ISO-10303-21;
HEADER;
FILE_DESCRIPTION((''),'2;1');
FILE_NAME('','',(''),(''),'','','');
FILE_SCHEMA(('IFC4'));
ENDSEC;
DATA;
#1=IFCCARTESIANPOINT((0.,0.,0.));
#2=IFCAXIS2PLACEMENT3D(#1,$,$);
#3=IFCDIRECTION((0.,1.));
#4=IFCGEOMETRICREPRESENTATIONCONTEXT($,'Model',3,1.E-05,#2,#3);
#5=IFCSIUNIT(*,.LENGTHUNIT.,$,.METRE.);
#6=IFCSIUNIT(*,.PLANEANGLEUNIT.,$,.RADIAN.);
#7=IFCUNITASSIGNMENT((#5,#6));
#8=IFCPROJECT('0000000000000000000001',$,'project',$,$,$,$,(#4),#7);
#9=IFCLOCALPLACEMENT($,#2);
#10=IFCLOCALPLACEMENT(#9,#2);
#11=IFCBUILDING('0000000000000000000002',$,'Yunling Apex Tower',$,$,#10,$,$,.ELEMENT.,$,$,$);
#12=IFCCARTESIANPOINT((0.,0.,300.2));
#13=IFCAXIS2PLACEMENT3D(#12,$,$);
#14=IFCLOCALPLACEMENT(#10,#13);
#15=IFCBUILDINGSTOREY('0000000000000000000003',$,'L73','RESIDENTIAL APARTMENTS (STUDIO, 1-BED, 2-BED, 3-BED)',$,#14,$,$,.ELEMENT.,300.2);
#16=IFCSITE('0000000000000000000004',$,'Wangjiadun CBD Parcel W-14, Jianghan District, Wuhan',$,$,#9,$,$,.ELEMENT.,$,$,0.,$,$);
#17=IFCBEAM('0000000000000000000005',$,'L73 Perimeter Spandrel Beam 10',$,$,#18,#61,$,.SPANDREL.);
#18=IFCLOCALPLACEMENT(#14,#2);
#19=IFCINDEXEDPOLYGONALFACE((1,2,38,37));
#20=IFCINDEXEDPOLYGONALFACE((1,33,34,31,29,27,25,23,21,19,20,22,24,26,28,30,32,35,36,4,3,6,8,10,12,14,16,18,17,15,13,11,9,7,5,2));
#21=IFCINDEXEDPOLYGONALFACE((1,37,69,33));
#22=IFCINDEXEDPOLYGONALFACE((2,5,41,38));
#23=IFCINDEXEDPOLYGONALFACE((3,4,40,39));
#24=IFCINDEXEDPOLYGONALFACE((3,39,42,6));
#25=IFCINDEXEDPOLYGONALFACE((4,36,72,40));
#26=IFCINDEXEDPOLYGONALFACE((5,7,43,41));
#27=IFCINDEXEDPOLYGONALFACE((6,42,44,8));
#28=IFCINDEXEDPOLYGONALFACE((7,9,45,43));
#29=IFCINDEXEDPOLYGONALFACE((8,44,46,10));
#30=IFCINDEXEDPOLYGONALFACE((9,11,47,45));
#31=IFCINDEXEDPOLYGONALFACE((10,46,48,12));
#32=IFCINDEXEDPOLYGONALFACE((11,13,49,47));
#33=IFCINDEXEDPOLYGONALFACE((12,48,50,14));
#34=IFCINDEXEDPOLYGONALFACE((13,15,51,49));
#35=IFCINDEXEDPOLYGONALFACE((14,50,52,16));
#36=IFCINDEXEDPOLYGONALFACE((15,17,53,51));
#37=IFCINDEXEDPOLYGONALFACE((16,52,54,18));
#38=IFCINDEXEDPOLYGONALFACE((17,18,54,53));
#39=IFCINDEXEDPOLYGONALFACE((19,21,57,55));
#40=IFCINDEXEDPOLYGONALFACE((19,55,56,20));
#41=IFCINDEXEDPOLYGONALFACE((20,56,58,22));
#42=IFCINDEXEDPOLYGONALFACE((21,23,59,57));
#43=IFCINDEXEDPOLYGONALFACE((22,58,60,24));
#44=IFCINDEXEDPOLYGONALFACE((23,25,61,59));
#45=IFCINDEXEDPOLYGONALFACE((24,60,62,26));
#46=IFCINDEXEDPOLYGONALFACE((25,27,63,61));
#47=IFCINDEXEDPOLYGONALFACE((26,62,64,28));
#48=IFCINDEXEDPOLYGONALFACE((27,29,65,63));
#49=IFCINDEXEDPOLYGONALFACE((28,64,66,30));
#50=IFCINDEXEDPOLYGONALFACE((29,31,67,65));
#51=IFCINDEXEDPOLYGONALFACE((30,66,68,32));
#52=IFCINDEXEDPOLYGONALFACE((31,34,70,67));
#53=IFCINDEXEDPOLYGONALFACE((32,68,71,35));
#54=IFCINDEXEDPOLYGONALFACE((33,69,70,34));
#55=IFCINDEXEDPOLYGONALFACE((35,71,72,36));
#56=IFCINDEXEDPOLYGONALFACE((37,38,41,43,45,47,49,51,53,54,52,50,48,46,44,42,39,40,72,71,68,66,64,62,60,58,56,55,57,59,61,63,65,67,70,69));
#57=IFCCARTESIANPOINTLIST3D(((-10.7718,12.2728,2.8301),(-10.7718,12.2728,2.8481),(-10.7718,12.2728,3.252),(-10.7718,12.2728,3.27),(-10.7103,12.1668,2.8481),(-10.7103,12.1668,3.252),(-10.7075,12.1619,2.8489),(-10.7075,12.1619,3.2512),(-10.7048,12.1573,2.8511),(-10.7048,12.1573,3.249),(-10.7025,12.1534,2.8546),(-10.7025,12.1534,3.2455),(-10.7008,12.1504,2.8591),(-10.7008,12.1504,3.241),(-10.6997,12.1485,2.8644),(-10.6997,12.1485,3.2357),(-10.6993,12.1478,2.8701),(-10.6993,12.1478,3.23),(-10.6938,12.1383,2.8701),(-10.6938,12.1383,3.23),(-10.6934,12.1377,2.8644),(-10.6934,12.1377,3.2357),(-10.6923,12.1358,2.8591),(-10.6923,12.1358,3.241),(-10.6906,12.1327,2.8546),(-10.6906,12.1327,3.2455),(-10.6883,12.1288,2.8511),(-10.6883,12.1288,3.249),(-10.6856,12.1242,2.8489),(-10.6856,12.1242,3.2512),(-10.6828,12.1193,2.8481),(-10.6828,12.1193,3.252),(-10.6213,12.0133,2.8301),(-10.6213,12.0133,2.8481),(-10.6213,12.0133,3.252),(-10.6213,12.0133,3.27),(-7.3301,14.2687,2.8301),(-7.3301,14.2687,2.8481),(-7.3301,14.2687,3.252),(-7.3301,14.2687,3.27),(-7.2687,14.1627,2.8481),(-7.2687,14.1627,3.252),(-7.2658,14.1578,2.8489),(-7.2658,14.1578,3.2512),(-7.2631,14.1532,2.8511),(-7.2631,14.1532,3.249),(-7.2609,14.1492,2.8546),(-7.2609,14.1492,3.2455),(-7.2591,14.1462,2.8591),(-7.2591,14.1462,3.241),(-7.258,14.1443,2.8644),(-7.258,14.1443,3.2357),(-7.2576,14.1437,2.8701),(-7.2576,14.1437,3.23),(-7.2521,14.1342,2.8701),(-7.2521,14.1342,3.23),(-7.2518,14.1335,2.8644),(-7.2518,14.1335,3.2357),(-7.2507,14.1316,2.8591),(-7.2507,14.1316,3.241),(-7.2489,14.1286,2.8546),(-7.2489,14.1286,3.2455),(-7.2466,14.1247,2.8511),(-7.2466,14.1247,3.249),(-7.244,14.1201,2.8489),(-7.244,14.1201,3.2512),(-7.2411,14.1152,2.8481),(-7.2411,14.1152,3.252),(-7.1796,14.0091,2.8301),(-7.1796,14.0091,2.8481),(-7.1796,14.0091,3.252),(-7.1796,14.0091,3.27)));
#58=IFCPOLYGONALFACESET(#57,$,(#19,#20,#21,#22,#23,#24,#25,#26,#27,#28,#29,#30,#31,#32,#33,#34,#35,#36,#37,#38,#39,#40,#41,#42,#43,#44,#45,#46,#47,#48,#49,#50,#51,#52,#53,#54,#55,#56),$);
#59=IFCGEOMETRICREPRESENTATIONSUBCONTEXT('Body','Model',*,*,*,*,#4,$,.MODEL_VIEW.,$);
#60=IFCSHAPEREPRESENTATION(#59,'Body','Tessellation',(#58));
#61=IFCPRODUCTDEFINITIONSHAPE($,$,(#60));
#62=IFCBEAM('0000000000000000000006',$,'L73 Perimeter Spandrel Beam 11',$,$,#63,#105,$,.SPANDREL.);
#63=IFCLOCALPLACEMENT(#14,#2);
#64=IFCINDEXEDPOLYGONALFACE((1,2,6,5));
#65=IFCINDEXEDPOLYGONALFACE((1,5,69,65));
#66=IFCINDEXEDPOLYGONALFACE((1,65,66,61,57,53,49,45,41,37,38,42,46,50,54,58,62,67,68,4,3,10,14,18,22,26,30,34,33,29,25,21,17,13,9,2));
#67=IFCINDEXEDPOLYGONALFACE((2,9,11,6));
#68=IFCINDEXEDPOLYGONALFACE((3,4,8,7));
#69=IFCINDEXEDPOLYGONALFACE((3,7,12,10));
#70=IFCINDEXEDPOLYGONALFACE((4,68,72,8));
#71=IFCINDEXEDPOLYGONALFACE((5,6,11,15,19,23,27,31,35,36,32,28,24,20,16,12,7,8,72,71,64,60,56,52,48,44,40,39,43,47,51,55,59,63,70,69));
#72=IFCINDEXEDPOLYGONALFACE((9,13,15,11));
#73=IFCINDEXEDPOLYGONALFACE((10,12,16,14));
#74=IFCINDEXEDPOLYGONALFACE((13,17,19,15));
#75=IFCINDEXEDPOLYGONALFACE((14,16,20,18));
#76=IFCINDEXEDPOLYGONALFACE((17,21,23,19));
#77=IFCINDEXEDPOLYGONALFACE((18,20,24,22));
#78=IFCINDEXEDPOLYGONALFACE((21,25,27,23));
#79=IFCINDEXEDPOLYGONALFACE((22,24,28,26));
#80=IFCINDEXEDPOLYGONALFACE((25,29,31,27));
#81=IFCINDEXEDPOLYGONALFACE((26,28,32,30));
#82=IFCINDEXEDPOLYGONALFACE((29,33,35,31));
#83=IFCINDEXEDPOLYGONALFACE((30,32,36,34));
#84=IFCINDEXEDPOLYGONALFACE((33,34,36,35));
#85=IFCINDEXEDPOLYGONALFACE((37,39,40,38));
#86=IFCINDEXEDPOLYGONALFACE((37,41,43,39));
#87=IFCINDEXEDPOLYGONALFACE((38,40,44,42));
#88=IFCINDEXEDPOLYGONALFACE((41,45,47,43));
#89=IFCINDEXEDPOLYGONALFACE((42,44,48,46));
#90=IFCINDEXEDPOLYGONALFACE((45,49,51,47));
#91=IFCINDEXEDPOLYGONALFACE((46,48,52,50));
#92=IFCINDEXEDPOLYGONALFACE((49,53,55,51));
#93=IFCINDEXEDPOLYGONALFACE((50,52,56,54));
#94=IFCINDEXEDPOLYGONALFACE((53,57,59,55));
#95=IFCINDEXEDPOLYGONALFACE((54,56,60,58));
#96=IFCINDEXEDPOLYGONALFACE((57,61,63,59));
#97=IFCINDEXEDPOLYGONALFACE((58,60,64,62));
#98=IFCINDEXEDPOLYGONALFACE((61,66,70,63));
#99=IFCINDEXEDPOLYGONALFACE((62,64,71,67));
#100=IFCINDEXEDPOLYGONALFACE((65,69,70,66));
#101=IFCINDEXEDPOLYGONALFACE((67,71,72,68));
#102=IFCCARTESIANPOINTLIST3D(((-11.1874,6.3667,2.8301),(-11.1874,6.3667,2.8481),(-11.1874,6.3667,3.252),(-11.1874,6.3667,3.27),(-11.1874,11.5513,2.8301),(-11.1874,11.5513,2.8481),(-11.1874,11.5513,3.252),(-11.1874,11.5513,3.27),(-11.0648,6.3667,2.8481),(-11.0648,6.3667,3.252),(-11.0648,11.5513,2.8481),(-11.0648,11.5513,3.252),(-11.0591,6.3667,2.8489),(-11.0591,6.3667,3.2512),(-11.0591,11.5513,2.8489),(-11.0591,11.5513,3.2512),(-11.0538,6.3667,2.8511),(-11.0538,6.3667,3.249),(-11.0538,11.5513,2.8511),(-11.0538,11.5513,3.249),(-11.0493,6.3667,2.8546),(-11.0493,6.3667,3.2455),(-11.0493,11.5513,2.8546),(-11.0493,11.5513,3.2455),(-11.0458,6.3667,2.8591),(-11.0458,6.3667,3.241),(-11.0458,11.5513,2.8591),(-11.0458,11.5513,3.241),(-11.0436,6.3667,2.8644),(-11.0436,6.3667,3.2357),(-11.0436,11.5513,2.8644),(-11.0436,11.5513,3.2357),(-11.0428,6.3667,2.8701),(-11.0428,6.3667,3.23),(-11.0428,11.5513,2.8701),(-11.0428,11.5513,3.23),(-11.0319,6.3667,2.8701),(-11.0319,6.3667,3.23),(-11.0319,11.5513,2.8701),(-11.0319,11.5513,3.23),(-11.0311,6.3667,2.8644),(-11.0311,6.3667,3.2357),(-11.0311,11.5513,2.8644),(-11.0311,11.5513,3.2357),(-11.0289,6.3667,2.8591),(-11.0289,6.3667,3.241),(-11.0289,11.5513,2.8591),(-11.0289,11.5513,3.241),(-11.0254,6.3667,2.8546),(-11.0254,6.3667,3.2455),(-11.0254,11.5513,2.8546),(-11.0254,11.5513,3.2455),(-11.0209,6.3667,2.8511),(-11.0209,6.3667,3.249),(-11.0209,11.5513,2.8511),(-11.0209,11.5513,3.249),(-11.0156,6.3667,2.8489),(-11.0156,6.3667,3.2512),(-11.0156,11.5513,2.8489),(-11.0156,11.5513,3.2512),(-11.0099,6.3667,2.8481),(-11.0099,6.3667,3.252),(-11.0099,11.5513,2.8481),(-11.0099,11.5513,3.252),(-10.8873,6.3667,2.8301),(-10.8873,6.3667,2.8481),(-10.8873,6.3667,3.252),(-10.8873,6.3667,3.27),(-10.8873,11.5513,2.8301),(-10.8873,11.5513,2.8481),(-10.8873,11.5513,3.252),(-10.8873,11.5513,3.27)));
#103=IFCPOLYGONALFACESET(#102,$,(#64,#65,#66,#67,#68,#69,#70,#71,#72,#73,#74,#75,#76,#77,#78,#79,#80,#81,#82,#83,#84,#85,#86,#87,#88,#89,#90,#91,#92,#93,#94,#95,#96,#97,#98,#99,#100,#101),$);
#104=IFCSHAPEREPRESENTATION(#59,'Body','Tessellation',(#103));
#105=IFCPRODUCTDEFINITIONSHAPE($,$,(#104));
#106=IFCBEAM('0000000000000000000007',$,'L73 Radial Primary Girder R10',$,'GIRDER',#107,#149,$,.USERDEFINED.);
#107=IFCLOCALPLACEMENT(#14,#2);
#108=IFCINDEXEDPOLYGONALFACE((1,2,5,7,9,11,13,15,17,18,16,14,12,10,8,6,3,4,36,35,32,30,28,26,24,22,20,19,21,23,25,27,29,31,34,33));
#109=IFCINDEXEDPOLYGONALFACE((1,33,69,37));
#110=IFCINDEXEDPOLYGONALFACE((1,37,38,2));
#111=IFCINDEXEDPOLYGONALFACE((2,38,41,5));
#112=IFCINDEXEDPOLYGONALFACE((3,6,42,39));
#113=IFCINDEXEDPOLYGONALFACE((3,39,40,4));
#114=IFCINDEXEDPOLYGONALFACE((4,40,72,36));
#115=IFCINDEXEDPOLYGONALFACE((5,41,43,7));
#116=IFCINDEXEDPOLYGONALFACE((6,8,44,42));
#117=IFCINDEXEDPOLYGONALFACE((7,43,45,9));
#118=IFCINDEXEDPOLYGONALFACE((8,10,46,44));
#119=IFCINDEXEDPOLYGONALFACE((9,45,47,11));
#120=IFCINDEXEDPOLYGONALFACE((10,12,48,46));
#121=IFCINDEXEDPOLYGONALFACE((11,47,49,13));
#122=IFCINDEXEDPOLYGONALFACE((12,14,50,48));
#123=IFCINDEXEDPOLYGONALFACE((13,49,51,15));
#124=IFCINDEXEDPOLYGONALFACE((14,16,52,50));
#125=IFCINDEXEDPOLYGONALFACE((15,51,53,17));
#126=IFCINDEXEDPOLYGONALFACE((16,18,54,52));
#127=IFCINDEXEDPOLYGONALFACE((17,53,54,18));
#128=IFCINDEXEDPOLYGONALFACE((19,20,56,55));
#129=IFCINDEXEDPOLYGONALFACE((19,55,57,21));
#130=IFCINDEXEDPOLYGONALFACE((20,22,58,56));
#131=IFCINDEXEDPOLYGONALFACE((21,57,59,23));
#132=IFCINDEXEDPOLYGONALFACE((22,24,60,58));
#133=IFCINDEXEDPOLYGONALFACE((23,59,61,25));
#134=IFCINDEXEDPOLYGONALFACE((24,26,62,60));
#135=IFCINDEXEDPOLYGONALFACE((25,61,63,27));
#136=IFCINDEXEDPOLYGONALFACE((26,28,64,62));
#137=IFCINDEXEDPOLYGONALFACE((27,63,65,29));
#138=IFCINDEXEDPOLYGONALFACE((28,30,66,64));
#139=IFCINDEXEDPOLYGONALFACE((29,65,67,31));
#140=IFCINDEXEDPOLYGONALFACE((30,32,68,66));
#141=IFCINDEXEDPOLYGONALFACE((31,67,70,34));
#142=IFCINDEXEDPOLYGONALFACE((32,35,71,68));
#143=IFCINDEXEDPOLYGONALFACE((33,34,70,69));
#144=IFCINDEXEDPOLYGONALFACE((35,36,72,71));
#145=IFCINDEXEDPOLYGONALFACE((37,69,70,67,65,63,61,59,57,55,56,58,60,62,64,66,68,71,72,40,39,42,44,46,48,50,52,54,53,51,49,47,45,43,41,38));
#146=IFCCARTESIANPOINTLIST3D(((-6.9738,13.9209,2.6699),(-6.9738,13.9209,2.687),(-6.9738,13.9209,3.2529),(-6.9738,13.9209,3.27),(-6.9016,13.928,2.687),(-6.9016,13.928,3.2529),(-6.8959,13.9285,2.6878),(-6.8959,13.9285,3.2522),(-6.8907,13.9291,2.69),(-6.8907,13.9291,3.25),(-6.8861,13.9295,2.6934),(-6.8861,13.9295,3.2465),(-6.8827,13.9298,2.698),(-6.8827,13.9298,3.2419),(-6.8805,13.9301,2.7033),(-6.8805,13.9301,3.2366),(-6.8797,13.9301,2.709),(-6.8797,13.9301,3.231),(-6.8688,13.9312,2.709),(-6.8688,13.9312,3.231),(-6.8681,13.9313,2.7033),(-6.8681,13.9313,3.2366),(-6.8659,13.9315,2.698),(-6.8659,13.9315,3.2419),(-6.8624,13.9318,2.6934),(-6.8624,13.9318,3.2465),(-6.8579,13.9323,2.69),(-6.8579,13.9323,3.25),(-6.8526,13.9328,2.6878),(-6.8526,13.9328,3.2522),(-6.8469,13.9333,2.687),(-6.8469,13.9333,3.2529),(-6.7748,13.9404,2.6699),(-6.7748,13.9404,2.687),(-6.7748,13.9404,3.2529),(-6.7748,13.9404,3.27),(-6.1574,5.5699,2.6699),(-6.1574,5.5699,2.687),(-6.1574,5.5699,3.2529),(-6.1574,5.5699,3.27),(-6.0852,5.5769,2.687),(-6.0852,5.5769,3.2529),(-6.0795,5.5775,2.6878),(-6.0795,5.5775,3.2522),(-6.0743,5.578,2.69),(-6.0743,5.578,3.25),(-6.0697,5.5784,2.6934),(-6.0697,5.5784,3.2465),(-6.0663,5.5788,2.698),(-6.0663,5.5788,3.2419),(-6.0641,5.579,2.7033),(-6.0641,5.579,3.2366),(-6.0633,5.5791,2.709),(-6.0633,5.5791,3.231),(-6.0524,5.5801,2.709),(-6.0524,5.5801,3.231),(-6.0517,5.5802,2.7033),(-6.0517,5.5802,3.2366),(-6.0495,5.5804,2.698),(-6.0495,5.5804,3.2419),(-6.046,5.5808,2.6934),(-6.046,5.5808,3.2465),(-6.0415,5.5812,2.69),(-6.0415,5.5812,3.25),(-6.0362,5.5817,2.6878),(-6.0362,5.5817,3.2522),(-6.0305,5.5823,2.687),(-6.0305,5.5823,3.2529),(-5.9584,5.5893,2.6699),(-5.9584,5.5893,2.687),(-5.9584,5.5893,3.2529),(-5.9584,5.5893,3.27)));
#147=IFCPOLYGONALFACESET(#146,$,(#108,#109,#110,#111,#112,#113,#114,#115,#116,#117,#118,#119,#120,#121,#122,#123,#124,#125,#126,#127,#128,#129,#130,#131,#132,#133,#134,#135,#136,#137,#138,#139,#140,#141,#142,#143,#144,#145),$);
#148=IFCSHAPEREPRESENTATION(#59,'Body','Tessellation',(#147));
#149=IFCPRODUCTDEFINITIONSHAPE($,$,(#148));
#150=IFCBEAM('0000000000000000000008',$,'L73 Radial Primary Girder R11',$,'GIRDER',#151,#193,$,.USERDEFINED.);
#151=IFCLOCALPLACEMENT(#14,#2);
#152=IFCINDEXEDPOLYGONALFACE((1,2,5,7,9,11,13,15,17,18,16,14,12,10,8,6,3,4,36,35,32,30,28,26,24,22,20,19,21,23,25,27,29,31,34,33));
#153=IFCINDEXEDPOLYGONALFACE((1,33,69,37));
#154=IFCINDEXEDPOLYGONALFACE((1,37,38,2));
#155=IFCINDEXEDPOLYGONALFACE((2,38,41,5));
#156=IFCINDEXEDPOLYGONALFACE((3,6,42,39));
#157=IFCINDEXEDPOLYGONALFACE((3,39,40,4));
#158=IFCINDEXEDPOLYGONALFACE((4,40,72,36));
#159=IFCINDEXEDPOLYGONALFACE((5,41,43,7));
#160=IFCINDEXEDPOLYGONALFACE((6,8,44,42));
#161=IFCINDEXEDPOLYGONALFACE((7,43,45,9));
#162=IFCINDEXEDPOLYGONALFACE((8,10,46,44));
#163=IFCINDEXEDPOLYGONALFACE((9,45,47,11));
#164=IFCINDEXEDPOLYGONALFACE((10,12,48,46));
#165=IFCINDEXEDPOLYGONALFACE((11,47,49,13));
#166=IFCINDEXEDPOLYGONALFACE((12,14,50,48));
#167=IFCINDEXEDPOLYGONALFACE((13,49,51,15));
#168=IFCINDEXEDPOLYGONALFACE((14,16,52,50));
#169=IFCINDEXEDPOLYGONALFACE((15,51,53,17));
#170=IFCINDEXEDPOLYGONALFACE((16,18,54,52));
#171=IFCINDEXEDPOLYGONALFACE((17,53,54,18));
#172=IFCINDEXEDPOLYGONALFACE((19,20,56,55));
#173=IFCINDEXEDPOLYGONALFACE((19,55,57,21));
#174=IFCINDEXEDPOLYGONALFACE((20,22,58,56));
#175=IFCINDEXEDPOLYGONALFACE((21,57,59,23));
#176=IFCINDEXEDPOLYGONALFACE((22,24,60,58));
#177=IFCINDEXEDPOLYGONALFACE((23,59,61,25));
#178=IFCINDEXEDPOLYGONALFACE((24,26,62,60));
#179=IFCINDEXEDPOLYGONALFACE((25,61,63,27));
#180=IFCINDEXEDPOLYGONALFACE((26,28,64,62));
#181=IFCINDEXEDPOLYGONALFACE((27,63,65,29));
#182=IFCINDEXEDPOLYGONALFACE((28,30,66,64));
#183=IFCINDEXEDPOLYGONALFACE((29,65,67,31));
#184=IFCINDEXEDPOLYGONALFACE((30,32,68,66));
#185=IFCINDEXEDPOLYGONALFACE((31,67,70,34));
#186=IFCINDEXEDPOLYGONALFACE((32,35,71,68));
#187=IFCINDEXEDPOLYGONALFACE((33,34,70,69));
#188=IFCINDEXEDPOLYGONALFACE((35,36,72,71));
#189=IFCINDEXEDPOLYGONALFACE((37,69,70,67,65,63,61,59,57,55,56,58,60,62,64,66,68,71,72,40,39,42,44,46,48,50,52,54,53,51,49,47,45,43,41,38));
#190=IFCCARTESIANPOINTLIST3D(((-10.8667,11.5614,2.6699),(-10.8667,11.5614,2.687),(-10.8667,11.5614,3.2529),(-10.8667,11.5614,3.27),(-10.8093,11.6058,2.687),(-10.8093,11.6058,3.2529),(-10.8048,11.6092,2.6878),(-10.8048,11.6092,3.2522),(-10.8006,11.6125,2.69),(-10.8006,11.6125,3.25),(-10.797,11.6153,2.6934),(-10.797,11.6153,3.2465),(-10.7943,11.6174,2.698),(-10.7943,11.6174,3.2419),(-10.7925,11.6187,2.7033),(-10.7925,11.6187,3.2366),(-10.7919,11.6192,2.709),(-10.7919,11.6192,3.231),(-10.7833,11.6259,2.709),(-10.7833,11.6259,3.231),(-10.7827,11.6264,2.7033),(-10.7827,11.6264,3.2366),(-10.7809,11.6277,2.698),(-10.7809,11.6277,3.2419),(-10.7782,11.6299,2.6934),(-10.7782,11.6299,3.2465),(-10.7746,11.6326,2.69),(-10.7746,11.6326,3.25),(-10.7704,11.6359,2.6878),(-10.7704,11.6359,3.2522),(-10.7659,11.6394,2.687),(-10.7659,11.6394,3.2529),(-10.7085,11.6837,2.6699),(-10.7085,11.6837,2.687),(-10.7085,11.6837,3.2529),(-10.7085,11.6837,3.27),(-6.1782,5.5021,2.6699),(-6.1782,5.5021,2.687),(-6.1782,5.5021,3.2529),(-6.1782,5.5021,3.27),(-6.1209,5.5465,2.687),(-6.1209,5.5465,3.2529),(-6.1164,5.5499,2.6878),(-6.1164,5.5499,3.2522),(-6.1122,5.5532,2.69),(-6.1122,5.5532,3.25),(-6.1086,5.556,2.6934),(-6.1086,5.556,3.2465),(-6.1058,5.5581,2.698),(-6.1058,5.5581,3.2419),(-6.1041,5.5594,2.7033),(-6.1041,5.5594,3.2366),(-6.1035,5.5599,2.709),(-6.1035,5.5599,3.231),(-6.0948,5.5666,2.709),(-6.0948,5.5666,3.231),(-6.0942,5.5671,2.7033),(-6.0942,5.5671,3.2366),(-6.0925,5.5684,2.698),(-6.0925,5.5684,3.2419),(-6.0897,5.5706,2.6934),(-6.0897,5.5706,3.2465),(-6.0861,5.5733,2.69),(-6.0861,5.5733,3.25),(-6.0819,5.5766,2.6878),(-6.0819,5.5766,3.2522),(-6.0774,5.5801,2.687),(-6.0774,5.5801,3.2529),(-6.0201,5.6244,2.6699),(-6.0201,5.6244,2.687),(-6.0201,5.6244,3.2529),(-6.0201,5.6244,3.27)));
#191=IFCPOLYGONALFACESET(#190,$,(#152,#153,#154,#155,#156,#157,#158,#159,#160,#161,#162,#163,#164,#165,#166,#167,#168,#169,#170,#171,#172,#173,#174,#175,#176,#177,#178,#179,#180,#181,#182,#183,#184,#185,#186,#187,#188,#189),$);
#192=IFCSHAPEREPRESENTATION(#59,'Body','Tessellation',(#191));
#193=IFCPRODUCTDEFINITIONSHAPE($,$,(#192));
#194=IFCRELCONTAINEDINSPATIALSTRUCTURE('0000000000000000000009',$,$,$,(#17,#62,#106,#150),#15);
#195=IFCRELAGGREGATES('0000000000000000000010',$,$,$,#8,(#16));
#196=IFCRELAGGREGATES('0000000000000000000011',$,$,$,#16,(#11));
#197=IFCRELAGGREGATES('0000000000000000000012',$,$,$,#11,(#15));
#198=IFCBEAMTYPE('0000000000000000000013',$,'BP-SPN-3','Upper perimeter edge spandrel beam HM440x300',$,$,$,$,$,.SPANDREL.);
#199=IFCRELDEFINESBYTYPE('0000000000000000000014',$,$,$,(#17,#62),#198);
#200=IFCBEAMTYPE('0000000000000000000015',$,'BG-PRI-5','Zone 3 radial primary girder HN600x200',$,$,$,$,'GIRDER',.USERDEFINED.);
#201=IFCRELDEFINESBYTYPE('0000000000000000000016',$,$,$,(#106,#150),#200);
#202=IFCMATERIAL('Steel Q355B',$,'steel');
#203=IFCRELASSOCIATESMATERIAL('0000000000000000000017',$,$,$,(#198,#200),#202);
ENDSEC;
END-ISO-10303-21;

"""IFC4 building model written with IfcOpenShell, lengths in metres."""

from ifc_helpers import new_model, si_unit, direction, frame, origin, origin_2d, place, context, subcontext, project, spatial, i_section, extrude, source, transform, mapped, material, material_profile, profile_set, type_object, element, save


model = new_model("IFC4")

# Units and contexts
model_context = context("Model", 3, precision=1e-05, world=origin(), true_north=direction((0.0, 1.0)))
body_context = subcontext(model_context, "Body", "Model", "MODEL_VIEW")
ifc_project = project(units=[si_unit("LENGTHUNIT", "METRE"), si_unit("PLANEANGLEUNIT", "RADIAN")], contexts=[model_context])

# Site, building, storey
site_placement = place(None, origin())
site = spatial("IfcSite", under=ifc_project, at=site_placement, Name="Wangjiadun CBD Parcel W-14, Jianghan District, Wuhan", CompositionType="ELEMENT", RefElevation=0.0)
building_placement = place(site_placement, origin())
building = spatial("IfcBuilding", under=site, at=building_placement, Name="Yunling Apex Tower", CompositionType="ELEMENT")
storey_placement = place(building_placement, frame((0.0, 0.0, 300.2)))
storey = spatial("IfcBuildingStorey", under=building, at=storey_placement, Name="L73", Description="RESIDENTIAL APARTMENTS (STUDIO, 1-BED, 2-BED, 3-BED)", CompositionType="ELEMENT", Elevation=300.2)

# Shared definitions
ifc_material_1 = material(Name="Steel Q355B", Category="steel")

# Beams
ifc_material_profile_1 = material_profile(ifc_material_1, i_section(OverallWidth=0.3, OverallDepth=0.4399, WebThickness=0.011, FlangeThickness=0.0181, FilletRadius=0.022, at=origin_2d()))
ifc_profile_set_1 = profile_set([ifc_material_profile_1], Name="Steel Q355B")
beam_type_1 = type_object("IfcBeamType", Name="BP-SPN-3", Description="Upper perimeter edge spandrel beam HM440x300", PredefinedType="SPANDREL", material=ifc_profile_set_1)
shared_shape_1 = source(origin(), body_context, "Body", "SweptSolid", [
    extrude(i_section(OverallWidth=0.3, OverallDepth=0.4399, WebThickness=0.011, FlangeThickness=0.0181, FilletRadius=0.022, at=origin_2d()), origin(), (0.0, 0.0, 1.0), 3.9785),
])
beam_1_placement = place(storey_placement, frame((-7.2549, 14.1389, 3.05), z_axis=(-0.865065, -0.50166, 0.0), x_axis=(0.50166, -0.865065, 0.0)))
element("IfcBeam", 1, at=beam_1_placement, inside=storey, type_object=beam_type_1, Name="L73 Perimeter Spandrel Beam 10", PredefinedType="SPANDREL", context=body_context, shape_type="MappedRepresentation", body=[
    mapped(shared_shape_1, transform((0.0, 0.0, 0.0), scale=1.0)),
])
shared_shape_2 = source(origin(), body_context, "Body", "SweptSolid", [
    extrude(i_section(OverallWidth=0.3, OverallDepth=0.4399, WebThickness=0.011, FlangeThickness=0.0181, FilletRadius=0.022, at=origin_2d()), origin(), (0.0, 0.0, 1.0), 5.1846),
])
beam_2_placement = place(storey_placement, frame((-11.0374, 11.5513, 3.05), z_axis=(0.0, -1.0, 0.0), x_axis=(1.0, 0.0, 0.0)))
element("IfcBeam", 2, at=beam_2_placement, inside=storey, type_object=beam_type_1, Name="L73 Perimeter Spandrel Beam 11", PredefinedType="SPANDREL", context=body_context, shape_type="MappedRepresentation", body=[
    mapped(shared_shape_2, transform((0.0, 0.0, 0.0), scale=1.0)),
])
ifc_material_profile_2 = material_profile(ifc_material_1, i_section(OverallWidth=0.2, OverallDepth=0.6001, WebThickness=0.011, FlangeThickness=0.0171, FilletRadius=0.022, at=origin_2d()))
ifc_profile_set_2 = profile_set([ifc_material_profile_2], Name="Steel Q355B")
beam_type_2 = type_object("IfcBeamType", Name="BG-PRI-5", Description="Zone 3 radial primary girder HN600x200", ElementType="GIRDER", PredefinedType="USERDEFINED", material=ifc_profile_set_2)
shared_shape_3 = source(origin(), body_context, "Body", "SweptSolid", [
    extrude(i_section(OverallWidth=0.2, OverallDepth=0.6001, WebThickness=0.011, FlangeThickness=0.0171, FilletRadius=0.022, at=origin_2d()), origin(), (0.0, 0.0, 1.0), 8.3909),
])
beam_3_placement = place(storey_placement, frame((-6.8743, 13.9307, 2.97), z_axis=(0.097297, -0.995255, 0.0), x_axis=(0.995255, 0.097297, 0.0)))
element("IfcBeam", 3, at=beam_3_placement, inside=storey, type_object=beam_type_2, Name="L73 Radial Primary Girder R10", ObjectType="GIRDER", PredefinedType="USERDEFINED", context=body_context, shape_type="MappedRepresentation", body=[
    mapped(shared_shape_3, transform((0.0, 0.0, 0.0), scale=1.0)),
])
shared_shape_4 = source(origin(), body_context, "Body", "SweptSolid", [
    extrude(i_section(OverallWidth=0.2, OverallDepth=0.6001, WebThickness=0.011, FlangeThickness=0.0171, FilletRadius=0.022, at=origin_2d()), origin(), (0.0, 0.0, 1.0), 7.6614),
])
beam_4_placement = place(storey_placement, frame((-10.7876, 11.6226, 2.97), z_axis=(0.61196, -0.790889, 0.0), x_axis=(0.790889, 0.61196, 0.0)))
element("IfcBeam", 4, at=beam_4_placement, inside=storey, type_object=beam_type_2, Name="L73 Radial Primary Girder R11", ObjectType="GIRDER", PredefinedType="USERDEFINED", context=body_context, shape_type="MappedRepresentation", body=[
    mapped(shared_shape_4, transform((0.0, 0.0, 0.0), scale=1.0)),
])

save(model, "model.ifc")
